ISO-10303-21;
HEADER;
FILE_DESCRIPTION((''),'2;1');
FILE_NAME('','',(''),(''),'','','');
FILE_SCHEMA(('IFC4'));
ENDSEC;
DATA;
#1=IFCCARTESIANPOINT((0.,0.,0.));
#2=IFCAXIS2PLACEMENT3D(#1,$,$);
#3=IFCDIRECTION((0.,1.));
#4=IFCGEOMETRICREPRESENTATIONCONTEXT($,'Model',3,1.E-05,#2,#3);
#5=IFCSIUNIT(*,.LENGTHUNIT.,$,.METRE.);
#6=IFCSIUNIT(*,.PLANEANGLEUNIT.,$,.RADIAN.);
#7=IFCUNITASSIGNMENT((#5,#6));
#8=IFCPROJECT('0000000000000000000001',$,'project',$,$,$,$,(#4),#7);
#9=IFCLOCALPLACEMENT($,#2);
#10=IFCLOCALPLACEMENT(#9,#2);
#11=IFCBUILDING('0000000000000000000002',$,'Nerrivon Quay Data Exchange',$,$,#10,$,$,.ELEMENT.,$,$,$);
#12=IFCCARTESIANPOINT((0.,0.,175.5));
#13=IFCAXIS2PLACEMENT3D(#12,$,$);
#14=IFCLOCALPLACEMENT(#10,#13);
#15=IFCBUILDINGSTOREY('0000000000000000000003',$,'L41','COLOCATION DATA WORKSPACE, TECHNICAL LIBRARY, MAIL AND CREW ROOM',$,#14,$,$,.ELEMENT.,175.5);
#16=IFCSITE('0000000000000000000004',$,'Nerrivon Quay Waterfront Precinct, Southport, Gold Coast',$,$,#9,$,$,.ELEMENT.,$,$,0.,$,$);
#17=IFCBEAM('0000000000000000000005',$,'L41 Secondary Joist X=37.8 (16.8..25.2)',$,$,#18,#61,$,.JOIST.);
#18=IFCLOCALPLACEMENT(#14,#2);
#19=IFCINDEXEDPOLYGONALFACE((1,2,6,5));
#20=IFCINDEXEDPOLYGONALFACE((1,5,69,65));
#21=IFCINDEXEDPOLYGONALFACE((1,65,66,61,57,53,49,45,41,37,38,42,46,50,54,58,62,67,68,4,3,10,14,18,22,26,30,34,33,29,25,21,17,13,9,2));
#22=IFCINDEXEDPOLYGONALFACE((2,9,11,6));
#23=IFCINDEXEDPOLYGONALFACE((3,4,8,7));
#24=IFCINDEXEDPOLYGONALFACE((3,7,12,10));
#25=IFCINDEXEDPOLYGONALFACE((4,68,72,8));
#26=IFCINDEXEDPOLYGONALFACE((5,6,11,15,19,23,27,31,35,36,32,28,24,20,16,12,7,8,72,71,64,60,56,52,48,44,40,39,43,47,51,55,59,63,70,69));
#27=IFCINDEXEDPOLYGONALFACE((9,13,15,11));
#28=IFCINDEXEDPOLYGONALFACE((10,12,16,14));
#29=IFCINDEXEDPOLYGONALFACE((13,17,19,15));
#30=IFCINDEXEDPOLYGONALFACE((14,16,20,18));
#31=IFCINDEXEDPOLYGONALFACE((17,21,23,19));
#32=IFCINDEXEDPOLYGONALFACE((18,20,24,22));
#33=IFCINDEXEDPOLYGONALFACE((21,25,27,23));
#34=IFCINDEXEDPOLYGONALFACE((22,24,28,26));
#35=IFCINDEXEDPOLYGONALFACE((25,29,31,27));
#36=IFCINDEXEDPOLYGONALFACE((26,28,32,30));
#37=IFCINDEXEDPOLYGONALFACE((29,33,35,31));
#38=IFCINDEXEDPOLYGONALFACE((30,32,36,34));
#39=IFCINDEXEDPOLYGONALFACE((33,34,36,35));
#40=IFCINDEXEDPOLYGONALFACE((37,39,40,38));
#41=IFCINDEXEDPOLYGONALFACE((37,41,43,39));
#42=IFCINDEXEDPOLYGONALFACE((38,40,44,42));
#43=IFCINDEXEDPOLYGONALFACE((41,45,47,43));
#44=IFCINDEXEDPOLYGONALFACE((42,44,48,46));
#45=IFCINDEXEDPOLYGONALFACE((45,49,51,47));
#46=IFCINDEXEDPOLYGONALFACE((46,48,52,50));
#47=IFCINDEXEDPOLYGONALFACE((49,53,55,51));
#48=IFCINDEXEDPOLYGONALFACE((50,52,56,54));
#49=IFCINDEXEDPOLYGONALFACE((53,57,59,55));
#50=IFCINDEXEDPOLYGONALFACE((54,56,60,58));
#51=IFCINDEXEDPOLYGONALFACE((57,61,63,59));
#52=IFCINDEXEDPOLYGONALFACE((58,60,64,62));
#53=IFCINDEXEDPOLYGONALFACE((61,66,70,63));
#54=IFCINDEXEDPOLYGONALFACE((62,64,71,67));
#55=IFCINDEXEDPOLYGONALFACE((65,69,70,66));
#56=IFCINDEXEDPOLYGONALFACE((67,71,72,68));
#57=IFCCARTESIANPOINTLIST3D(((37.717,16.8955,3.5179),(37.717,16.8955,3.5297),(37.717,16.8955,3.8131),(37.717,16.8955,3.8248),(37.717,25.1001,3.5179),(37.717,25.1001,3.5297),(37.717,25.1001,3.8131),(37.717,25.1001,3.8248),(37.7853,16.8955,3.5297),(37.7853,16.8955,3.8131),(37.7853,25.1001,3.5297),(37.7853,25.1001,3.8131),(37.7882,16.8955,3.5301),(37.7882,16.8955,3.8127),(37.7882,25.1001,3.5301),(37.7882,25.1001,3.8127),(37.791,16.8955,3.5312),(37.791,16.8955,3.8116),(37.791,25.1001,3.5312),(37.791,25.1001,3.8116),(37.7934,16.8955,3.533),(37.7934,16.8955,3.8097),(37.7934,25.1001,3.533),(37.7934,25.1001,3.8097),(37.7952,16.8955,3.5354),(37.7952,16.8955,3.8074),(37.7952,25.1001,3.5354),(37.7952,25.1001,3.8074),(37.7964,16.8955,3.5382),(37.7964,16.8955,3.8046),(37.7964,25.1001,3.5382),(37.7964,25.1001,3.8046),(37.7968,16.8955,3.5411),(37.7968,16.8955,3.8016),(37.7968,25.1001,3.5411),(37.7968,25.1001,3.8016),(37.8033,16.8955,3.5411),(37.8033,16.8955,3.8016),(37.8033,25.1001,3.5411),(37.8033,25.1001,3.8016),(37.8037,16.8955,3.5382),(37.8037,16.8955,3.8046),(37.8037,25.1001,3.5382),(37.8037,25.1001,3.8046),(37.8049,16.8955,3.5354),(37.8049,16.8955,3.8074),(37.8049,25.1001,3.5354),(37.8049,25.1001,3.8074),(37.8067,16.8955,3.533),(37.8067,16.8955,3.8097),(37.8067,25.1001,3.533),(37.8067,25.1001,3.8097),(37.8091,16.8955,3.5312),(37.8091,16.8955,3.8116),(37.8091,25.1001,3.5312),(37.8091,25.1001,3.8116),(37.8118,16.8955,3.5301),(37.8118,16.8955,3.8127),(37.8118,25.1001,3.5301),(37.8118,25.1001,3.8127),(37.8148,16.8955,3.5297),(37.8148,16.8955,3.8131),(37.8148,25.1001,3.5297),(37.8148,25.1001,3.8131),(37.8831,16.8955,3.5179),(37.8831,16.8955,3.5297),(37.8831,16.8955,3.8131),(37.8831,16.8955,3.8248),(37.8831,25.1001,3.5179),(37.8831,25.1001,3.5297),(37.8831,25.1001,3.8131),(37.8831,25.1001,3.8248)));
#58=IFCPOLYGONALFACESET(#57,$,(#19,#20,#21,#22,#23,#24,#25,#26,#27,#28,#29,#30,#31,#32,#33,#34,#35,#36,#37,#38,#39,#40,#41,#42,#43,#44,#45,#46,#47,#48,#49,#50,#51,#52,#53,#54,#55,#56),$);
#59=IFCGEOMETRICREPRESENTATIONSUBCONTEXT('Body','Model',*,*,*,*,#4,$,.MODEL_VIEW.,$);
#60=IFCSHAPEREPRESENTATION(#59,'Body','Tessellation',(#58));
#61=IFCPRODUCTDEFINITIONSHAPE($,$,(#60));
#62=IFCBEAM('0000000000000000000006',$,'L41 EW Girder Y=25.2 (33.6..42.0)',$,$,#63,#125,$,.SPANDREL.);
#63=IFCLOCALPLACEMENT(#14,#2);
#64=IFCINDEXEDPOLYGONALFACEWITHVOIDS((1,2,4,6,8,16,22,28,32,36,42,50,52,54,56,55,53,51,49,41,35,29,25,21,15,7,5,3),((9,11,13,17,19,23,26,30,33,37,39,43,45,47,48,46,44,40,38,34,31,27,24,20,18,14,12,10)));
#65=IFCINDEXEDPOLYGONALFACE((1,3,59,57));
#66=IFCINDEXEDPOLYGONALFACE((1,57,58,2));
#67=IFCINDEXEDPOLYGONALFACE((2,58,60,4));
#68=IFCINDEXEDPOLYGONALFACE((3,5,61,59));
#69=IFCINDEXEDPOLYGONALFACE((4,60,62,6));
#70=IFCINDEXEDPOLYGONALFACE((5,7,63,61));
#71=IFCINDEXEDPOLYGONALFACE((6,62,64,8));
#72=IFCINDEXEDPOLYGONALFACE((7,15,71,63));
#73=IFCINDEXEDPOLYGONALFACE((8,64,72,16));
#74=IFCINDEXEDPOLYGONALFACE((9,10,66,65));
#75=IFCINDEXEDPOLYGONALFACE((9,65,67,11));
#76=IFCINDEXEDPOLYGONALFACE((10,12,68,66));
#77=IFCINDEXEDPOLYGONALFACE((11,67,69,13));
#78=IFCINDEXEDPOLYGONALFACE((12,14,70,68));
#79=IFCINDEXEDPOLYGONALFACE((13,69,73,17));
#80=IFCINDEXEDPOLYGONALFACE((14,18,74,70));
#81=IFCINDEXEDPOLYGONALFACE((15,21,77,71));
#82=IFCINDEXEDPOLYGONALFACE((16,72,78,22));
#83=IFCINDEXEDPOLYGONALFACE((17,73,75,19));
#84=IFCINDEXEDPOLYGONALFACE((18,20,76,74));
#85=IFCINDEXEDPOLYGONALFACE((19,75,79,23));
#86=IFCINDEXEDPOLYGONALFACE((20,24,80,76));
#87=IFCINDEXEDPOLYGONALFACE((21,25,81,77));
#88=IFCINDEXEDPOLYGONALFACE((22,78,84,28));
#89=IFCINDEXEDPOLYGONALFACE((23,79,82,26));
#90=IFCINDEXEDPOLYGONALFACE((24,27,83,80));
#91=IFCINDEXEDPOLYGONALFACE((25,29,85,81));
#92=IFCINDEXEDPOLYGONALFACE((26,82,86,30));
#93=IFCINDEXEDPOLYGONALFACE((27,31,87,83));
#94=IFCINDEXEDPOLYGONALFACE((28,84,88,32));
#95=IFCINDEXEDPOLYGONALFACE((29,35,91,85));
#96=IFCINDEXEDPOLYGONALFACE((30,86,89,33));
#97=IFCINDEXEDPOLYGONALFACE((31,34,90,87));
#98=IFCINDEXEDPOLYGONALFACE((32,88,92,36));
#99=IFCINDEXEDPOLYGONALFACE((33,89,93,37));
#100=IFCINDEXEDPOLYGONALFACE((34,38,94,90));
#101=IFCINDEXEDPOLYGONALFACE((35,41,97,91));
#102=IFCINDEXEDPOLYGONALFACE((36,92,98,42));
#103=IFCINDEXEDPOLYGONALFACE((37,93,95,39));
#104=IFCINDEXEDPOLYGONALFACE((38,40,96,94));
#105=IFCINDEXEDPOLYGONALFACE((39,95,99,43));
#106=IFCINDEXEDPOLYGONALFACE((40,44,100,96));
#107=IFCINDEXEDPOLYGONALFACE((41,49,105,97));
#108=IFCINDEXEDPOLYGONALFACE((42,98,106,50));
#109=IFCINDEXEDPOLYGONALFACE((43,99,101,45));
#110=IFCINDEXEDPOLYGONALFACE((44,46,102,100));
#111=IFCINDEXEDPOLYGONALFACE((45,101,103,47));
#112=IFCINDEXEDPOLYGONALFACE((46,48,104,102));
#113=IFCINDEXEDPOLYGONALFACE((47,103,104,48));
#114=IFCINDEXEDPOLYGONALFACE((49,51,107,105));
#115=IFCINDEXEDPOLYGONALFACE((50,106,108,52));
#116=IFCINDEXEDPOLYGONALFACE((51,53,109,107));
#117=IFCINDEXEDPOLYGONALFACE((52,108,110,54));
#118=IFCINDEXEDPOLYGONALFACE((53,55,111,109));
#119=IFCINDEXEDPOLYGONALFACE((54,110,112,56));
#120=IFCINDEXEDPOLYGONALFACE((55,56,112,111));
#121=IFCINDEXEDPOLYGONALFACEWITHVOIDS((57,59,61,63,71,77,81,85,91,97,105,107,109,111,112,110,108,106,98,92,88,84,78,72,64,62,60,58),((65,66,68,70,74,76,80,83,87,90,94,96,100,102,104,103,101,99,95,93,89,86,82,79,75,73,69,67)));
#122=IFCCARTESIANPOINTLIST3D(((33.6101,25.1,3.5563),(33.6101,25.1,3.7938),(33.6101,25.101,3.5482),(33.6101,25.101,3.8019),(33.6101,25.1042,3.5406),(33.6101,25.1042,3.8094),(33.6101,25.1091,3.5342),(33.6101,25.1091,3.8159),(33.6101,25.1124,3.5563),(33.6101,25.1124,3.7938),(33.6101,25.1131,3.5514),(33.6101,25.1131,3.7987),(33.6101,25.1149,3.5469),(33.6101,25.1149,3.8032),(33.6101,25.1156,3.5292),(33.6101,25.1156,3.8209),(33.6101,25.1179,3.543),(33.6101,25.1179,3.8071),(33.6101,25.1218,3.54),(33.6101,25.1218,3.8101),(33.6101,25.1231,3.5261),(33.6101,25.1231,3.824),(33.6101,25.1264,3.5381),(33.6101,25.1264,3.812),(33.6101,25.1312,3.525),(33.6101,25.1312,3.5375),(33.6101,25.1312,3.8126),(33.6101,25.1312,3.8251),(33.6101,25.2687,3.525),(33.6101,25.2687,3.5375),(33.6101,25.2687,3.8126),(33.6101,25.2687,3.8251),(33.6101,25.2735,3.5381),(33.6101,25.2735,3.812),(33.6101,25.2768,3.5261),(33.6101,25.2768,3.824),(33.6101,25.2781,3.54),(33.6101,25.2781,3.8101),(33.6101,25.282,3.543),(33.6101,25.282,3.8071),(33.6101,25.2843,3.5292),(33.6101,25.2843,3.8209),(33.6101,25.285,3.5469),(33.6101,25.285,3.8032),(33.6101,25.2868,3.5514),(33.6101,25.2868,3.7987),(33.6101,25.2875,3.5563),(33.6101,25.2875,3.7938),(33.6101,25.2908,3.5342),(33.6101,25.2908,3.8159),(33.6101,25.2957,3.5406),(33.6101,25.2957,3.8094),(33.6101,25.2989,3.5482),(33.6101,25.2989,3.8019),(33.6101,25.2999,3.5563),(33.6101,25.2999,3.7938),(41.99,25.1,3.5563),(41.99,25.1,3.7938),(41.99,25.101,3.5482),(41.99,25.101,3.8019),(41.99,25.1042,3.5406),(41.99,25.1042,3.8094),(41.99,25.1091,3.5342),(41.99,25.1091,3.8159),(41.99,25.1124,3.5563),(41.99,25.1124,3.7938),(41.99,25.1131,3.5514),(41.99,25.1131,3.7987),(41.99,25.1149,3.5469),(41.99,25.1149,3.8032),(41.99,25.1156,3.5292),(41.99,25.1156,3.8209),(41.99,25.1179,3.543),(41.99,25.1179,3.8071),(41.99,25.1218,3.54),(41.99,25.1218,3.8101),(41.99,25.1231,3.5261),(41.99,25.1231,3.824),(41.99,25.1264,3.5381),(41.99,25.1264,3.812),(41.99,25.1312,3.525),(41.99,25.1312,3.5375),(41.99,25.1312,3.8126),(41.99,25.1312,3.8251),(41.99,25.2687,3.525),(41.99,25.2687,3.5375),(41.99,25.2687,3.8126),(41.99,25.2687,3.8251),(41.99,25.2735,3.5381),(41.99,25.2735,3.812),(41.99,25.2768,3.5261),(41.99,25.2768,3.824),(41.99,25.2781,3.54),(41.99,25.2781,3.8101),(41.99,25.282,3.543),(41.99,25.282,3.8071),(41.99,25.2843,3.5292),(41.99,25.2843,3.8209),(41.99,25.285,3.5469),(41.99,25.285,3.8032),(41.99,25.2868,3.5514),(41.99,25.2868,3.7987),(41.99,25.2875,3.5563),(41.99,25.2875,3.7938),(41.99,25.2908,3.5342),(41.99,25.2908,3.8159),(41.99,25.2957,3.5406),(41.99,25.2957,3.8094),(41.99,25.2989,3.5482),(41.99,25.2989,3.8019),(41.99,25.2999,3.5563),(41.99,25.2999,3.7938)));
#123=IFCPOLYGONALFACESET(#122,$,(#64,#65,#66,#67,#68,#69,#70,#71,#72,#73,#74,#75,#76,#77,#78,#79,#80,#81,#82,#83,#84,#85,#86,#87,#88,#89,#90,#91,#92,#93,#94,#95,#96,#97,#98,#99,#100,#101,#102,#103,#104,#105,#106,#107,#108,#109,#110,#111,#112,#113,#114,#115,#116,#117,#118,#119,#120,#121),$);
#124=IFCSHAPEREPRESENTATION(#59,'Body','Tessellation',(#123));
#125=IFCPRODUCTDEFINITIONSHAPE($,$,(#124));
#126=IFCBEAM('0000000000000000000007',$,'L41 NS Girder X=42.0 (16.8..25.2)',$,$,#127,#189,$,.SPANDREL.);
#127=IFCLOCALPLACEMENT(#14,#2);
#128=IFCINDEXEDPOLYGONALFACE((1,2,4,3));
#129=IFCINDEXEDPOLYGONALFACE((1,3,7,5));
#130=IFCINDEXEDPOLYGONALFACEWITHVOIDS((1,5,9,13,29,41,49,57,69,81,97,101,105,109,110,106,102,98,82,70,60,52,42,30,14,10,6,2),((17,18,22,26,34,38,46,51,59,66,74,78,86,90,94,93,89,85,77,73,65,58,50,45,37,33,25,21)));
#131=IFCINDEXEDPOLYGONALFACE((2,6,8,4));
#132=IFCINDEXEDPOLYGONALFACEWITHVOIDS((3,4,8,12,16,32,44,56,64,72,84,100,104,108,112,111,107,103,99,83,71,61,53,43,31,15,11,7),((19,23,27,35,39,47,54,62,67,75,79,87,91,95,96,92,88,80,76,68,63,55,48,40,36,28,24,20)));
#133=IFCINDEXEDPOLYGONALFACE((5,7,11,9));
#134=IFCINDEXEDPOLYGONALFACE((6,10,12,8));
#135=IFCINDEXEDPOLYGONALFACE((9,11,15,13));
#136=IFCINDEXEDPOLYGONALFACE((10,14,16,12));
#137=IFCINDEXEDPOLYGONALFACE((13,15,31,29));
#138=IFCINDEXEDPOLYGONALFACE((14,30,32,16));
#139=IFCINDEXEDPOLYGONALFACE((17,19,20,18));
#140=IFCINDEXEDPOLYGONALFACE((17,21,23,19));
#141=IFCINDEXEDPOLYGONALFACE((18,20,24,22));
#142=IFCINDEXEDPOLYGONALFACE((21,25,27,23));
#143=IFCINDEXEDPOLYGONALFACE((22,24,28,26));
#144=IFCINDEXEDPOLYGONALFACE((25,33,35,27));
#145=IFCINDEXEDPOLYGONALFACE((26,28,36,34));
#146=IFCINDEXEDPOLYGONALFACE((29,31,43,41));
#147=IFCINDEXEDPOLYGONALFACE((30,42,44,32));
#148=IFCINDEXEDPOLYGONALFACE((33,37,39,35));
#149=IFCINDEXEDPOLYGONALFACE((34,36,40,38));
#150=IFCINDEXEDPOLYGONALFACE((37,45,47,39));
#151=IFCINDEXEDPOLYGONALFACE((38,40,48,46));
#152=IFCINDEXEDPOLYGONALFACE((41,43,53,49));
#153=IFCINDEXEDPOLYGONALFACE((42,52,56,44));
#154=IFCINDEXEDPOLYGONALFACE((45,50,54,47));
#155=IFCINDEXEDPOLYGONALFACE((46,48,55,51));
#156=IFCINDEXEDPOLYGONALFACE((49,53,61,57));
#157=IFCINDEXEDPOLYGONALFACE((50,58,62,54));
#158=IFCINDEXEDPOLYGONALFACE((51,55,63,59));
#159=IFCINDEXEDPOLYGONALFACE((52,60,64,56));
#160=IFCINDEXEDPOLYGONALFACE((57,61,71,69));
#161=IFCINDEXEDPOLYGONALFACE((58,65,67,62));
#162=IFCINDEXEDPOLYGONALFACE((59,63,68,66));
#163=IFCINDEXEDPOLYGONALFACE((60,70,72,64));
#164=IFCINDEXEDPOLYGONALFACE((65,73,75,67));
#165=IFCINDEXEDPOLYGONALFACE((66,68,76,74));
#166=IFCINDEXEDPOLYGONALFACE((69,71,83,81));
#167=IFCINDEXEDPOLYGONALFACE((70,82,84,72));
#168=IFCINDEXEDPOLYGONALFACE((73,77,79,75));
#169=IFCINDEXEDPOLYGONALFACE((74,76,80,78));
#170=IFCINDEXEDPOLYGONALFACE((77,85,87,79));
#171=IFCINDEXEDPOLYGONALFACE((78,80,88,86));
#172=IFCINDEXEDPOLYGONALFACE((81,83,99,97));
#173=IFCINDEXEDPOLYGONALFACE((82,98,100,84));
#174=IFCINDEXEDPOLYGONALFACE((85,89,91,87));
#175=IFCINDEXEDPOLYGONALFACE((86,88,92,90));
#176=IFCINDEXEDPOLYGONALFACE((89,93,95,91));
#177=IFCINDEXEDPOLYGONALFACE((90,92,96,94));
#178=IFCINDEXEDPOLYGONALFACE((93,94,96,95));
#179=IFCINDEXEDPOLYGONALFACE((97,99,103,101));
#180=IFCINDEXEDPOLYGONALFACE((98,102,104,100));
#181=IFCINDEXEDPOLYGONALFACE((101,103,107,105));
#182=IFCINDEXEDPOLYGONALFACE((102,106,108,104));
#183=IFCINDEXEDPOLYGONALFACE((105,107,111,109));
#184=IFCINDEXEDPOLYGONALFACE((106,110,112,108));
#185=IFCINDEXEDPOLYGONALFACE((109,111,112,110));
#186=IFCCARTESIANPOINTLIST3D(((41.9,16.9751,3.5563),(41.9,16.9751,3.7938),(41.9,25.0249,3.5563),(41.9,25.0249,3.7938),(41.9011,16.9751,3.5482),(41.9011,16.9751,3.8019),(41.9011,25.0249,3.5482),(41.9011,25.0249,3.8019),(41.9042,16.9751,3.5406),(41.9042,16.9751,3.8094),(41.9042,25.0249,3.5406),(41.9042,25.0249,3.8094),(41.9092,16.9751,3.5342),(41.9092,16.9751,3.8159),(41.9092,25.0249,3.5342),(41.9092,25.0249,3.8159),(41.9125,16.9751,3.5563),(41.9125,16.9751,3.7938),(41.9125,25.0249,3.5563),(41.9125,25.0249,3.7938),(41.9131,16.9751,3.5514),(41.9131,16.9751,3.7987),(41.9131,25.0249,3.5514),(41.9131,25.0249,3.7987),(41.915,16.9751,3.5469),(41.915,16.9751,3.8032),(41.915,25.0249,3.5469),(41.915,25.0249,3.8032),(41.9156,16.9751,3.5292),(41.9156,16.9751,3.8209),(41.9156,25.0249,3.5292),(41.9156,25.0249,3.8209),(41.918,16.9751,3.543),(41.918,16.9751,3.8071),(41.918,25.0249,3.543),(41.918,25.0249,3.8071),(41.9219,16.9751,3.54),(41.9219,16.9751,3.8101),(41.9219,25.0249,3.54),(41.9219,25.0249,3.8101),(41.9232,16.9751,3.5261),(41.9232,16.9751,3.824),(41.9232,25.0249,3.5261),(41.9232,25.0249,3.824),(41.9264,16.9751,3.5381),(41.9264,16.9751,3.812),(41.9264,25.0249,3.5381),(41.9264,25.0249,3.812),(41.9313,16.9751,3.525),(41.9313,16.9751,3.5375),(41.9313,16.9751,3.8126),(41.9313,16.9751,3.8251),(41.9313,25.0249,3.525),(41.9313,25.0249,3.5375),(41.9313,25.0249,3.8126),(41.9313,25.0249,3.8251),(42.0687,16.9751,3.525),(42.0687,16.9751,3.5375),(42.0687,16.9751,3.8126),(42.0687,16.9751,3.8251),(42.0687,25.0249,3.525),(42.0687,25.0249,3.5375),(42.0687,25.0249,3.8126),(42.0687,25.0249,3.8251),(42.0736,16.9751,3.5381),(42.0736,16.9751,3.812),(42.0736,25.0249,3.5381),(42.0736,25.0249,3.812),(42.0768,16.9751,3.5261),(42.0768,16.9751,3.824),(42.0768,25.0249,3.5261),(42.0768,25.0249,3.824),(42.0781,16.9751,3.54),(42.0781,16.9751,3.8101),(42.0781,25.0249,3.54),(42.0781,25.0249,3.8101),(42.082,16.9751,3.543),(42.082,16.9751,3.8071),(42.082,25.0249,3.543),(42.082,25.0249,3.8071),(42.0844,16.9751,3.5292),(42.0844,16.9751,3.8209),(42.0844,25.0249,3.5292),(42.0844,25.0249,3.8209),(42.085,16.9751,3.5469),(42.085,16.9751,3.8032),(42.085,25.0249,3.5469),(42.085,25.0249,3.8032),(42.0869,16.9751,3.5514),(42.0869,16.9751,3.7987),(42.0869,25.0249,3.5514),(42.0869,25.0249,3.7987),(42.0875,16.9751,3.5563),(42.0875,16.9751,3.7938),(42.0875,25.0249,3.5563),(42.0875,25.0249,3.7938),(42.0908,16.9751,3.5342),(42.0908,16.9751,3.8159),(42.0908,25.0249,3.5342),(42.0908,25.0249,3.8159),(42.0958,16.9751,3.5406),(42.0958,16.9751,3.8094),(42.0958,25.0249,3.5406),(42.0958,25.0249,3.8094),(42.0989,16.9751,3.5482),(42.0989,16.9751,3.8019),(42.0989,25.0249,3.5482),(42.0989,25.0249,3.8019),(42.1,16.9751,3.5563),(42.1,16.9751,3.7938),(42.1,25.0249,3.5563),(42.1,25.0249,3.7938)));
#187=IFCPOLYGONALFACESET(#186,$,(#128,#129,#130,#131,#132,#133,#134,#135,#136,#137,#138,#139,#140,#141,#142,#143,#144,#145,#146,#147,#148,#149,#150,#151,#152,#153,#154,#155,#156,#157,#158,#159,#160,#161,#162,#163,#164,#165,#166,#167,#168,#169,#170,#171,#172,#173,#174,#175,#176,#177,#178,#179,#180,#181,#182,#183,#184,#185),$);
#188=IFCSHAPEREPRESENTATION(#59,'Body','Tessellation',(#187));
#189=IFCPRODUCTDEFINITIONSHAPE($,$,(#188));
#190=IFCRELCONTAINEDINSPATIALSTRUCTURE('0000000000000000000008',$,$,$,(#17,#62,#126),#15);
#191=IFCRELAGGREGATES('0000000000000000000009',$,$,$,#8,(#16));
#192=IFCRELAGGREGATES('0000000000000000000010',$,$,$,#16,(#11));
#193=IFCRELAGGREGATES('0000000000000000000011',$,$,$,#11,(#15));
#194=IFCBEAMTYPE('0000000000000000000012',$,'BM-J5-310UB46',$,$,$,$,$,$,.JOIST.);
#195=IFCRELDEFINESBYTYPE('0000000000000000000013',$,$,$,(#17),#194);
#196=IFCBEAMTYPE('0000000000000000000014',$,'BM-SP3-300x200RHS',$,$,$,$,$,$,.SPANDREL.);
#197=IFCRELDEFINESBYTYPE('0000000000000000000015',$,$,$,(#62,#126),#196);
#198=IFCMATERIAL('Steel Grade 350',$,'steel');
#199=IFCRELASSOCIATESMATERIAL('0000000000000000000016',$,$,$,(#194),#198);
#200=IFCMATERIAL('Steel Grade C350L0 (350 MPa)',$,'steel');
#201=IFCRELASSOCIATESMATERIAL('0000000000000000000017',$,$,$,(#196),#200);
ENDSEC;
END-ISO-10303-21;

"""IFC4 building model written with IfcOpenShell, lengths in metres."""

from ifc_helpers import new_model, si_unit, direction, frame, origin, origin_2d, place, context, subcontext, project, spatial, hollow_rectangle, i_section, extrude, material, material_profile, profile_set, type_object, element, save


model = new_model("IFC4")

# Units and contexts
model_context = context("Model", 3, precision=1e-05, world=origin(), true_north=direction((0.0, 1.0)))
body_context = subcontext(model_context, "Body", "Model", "MODEL_VIEW")
ifc_project = project(units=[si_unit("LENGTHUNIT", "METRE"), si_unit("PLANEANGLEUNIT", "RADIAN")], contexts=[model_context])

# Site, building, storey
site_placement = place(None, origin())
site = spatial("IfcSite", under=ifc_project, at=site_placement, Name="Nerrivon Quay Waterfront Precinct, Southport, Gold Coast", CompositionType="ELEMENT", RefElevation=0.0)
building_placement = place(site_placement, origin())
building = spatial("IfcBuilding", under=site, at=building_placement, Name="Nerrivon Quay Data Exchange", CompositionType="ELEMENT")
storey_placement = place(building_placement, frame((0.0, 0.0, 175.5)))
storey = spatial("IfcBuildingStorey", under=building, at=storey_placement, Name="L41", Description="COLOCATION DATA WORKSPACE, TECHNICAL LIBRARY, MAIL AND CREW ROOM", CompositionType="ELEMENT", Elevation=175.5)

# Shared definitions
ifc_material_1 = material(Name="Steel Grade 350", Category="steel")

# Beams
ifc_material_profile_1 = material_profile(ifc_material_1, i_section(OverallWidth=0.166, OverallDepth=0.3069, WebThickness=0.0066, FlangeThickness=0.0117, FilletRadius=0.0115, at=origin_2d()), Name="310UB46.2")
ifc_profile_set_1 = profile_set([ifc_material_profile_1], Name="Steel Grade 350")
beam_type_1 = type_object("IfcBeamType", Name="BM-J5-310UB46", PredefinedType="JOIST", material=ifc_profile_set_1)
beam_1_placement = place(storey_placement, frame((37.8, 16.8955, 3.6714), z_axis=(0.0, 1.0, 0.0), x_axis=(-1.0, 0.0, 0.0)))
element("IfcBeam", 1, at=beam_1_placement, inside=storey, type_object=beam_type_1, Name="L41 Secondary Joist X=37.8 (16.8..25.2)", PredefinedType="JOIST", context=body_context, shape_type="SweptSolid", body=[
    extrude(i_section(OverallWidth=0.166, OverallDepth=0.3069, WebThickness=0.0066, FlangeThickness=0.0117, FilletRadius=0.0115, at=origin_2d()), origin(), (0.0, 0.0, 1.0), 8.2046),
])
ifc_material_2 = material(Name="Steel Grade C350L0 (350 MPa)", Category="steel")
ifc_material_profile_2 = material_profile(ifc_material_2, hollow_rectangle(XDim=0.2, YDim=0.3, WallThickness=0.0125, InnerFilletRadius=0.0188, OuterFilletRadius=0.0312, at=origin_2d()), Name="300x200x12.5RHS")
ifc_profile_set_2 = profile_set([ifc_material_profile_2], Name="Steel Grade C350L0 (350 MPa)")
beam_type_2 = type_object("IfcBeamType", Name="BM-SP3-300x200RHS", PredefinedType="SPANDREL", material=ifc_profile_set_2)
beam_2_placement = place(storey_placement, frame((33.6101, 25.2, 3.675), z_axis=(1.0, 0.0, 0.0), x_axis=(0.0, 1.0, 0.0)))
element("IfcBeam", 2, at=beam_2_placement, inside=storey, type_object=beam_type_2, Name="L41 EW Girder Y=25.2 (33.6..42.0)", PredefinedType="SPANDREL", context=body_context, shape_type="SweptSolid", body=[
    extrude(hollow_rectangle(XDim=0.2, YDim=0.3, WallThickness=0.0125, InnerFilletRadius=0.0188, OuterFilletRadius=0.0312, at=origin_2d()), origin(), (0.0, 0.0, 1.0), 8.3799),
])
beam_3_placement = place(storey_placement, frame((42.0, 16.9751, 3.675), z_axis=(0.0, 1.0, 0.0), x_axis=(-1.0, 0.0, 0.0)))
element("IfcBeam", 3, at=beam_3_placement, inside=storey, type_object=beam_type_2, Name="L41 NS Girder X=42.0 (16.8..25.2)", PredefinedType="SPANDREL", context=body_context, shape_type="SweptSolid", body=[
    extrude(hollow_rectangle(XDim=0.2, YDim=0.3, WallThickness=0.0125, InnerFilletRadius=0.0188, OuterFilletRadius=0.0312, at=origin_2d()), origin(), (0.0, 0.0, 1.0), 8.0498),
])

save(model, "model.ifc")
